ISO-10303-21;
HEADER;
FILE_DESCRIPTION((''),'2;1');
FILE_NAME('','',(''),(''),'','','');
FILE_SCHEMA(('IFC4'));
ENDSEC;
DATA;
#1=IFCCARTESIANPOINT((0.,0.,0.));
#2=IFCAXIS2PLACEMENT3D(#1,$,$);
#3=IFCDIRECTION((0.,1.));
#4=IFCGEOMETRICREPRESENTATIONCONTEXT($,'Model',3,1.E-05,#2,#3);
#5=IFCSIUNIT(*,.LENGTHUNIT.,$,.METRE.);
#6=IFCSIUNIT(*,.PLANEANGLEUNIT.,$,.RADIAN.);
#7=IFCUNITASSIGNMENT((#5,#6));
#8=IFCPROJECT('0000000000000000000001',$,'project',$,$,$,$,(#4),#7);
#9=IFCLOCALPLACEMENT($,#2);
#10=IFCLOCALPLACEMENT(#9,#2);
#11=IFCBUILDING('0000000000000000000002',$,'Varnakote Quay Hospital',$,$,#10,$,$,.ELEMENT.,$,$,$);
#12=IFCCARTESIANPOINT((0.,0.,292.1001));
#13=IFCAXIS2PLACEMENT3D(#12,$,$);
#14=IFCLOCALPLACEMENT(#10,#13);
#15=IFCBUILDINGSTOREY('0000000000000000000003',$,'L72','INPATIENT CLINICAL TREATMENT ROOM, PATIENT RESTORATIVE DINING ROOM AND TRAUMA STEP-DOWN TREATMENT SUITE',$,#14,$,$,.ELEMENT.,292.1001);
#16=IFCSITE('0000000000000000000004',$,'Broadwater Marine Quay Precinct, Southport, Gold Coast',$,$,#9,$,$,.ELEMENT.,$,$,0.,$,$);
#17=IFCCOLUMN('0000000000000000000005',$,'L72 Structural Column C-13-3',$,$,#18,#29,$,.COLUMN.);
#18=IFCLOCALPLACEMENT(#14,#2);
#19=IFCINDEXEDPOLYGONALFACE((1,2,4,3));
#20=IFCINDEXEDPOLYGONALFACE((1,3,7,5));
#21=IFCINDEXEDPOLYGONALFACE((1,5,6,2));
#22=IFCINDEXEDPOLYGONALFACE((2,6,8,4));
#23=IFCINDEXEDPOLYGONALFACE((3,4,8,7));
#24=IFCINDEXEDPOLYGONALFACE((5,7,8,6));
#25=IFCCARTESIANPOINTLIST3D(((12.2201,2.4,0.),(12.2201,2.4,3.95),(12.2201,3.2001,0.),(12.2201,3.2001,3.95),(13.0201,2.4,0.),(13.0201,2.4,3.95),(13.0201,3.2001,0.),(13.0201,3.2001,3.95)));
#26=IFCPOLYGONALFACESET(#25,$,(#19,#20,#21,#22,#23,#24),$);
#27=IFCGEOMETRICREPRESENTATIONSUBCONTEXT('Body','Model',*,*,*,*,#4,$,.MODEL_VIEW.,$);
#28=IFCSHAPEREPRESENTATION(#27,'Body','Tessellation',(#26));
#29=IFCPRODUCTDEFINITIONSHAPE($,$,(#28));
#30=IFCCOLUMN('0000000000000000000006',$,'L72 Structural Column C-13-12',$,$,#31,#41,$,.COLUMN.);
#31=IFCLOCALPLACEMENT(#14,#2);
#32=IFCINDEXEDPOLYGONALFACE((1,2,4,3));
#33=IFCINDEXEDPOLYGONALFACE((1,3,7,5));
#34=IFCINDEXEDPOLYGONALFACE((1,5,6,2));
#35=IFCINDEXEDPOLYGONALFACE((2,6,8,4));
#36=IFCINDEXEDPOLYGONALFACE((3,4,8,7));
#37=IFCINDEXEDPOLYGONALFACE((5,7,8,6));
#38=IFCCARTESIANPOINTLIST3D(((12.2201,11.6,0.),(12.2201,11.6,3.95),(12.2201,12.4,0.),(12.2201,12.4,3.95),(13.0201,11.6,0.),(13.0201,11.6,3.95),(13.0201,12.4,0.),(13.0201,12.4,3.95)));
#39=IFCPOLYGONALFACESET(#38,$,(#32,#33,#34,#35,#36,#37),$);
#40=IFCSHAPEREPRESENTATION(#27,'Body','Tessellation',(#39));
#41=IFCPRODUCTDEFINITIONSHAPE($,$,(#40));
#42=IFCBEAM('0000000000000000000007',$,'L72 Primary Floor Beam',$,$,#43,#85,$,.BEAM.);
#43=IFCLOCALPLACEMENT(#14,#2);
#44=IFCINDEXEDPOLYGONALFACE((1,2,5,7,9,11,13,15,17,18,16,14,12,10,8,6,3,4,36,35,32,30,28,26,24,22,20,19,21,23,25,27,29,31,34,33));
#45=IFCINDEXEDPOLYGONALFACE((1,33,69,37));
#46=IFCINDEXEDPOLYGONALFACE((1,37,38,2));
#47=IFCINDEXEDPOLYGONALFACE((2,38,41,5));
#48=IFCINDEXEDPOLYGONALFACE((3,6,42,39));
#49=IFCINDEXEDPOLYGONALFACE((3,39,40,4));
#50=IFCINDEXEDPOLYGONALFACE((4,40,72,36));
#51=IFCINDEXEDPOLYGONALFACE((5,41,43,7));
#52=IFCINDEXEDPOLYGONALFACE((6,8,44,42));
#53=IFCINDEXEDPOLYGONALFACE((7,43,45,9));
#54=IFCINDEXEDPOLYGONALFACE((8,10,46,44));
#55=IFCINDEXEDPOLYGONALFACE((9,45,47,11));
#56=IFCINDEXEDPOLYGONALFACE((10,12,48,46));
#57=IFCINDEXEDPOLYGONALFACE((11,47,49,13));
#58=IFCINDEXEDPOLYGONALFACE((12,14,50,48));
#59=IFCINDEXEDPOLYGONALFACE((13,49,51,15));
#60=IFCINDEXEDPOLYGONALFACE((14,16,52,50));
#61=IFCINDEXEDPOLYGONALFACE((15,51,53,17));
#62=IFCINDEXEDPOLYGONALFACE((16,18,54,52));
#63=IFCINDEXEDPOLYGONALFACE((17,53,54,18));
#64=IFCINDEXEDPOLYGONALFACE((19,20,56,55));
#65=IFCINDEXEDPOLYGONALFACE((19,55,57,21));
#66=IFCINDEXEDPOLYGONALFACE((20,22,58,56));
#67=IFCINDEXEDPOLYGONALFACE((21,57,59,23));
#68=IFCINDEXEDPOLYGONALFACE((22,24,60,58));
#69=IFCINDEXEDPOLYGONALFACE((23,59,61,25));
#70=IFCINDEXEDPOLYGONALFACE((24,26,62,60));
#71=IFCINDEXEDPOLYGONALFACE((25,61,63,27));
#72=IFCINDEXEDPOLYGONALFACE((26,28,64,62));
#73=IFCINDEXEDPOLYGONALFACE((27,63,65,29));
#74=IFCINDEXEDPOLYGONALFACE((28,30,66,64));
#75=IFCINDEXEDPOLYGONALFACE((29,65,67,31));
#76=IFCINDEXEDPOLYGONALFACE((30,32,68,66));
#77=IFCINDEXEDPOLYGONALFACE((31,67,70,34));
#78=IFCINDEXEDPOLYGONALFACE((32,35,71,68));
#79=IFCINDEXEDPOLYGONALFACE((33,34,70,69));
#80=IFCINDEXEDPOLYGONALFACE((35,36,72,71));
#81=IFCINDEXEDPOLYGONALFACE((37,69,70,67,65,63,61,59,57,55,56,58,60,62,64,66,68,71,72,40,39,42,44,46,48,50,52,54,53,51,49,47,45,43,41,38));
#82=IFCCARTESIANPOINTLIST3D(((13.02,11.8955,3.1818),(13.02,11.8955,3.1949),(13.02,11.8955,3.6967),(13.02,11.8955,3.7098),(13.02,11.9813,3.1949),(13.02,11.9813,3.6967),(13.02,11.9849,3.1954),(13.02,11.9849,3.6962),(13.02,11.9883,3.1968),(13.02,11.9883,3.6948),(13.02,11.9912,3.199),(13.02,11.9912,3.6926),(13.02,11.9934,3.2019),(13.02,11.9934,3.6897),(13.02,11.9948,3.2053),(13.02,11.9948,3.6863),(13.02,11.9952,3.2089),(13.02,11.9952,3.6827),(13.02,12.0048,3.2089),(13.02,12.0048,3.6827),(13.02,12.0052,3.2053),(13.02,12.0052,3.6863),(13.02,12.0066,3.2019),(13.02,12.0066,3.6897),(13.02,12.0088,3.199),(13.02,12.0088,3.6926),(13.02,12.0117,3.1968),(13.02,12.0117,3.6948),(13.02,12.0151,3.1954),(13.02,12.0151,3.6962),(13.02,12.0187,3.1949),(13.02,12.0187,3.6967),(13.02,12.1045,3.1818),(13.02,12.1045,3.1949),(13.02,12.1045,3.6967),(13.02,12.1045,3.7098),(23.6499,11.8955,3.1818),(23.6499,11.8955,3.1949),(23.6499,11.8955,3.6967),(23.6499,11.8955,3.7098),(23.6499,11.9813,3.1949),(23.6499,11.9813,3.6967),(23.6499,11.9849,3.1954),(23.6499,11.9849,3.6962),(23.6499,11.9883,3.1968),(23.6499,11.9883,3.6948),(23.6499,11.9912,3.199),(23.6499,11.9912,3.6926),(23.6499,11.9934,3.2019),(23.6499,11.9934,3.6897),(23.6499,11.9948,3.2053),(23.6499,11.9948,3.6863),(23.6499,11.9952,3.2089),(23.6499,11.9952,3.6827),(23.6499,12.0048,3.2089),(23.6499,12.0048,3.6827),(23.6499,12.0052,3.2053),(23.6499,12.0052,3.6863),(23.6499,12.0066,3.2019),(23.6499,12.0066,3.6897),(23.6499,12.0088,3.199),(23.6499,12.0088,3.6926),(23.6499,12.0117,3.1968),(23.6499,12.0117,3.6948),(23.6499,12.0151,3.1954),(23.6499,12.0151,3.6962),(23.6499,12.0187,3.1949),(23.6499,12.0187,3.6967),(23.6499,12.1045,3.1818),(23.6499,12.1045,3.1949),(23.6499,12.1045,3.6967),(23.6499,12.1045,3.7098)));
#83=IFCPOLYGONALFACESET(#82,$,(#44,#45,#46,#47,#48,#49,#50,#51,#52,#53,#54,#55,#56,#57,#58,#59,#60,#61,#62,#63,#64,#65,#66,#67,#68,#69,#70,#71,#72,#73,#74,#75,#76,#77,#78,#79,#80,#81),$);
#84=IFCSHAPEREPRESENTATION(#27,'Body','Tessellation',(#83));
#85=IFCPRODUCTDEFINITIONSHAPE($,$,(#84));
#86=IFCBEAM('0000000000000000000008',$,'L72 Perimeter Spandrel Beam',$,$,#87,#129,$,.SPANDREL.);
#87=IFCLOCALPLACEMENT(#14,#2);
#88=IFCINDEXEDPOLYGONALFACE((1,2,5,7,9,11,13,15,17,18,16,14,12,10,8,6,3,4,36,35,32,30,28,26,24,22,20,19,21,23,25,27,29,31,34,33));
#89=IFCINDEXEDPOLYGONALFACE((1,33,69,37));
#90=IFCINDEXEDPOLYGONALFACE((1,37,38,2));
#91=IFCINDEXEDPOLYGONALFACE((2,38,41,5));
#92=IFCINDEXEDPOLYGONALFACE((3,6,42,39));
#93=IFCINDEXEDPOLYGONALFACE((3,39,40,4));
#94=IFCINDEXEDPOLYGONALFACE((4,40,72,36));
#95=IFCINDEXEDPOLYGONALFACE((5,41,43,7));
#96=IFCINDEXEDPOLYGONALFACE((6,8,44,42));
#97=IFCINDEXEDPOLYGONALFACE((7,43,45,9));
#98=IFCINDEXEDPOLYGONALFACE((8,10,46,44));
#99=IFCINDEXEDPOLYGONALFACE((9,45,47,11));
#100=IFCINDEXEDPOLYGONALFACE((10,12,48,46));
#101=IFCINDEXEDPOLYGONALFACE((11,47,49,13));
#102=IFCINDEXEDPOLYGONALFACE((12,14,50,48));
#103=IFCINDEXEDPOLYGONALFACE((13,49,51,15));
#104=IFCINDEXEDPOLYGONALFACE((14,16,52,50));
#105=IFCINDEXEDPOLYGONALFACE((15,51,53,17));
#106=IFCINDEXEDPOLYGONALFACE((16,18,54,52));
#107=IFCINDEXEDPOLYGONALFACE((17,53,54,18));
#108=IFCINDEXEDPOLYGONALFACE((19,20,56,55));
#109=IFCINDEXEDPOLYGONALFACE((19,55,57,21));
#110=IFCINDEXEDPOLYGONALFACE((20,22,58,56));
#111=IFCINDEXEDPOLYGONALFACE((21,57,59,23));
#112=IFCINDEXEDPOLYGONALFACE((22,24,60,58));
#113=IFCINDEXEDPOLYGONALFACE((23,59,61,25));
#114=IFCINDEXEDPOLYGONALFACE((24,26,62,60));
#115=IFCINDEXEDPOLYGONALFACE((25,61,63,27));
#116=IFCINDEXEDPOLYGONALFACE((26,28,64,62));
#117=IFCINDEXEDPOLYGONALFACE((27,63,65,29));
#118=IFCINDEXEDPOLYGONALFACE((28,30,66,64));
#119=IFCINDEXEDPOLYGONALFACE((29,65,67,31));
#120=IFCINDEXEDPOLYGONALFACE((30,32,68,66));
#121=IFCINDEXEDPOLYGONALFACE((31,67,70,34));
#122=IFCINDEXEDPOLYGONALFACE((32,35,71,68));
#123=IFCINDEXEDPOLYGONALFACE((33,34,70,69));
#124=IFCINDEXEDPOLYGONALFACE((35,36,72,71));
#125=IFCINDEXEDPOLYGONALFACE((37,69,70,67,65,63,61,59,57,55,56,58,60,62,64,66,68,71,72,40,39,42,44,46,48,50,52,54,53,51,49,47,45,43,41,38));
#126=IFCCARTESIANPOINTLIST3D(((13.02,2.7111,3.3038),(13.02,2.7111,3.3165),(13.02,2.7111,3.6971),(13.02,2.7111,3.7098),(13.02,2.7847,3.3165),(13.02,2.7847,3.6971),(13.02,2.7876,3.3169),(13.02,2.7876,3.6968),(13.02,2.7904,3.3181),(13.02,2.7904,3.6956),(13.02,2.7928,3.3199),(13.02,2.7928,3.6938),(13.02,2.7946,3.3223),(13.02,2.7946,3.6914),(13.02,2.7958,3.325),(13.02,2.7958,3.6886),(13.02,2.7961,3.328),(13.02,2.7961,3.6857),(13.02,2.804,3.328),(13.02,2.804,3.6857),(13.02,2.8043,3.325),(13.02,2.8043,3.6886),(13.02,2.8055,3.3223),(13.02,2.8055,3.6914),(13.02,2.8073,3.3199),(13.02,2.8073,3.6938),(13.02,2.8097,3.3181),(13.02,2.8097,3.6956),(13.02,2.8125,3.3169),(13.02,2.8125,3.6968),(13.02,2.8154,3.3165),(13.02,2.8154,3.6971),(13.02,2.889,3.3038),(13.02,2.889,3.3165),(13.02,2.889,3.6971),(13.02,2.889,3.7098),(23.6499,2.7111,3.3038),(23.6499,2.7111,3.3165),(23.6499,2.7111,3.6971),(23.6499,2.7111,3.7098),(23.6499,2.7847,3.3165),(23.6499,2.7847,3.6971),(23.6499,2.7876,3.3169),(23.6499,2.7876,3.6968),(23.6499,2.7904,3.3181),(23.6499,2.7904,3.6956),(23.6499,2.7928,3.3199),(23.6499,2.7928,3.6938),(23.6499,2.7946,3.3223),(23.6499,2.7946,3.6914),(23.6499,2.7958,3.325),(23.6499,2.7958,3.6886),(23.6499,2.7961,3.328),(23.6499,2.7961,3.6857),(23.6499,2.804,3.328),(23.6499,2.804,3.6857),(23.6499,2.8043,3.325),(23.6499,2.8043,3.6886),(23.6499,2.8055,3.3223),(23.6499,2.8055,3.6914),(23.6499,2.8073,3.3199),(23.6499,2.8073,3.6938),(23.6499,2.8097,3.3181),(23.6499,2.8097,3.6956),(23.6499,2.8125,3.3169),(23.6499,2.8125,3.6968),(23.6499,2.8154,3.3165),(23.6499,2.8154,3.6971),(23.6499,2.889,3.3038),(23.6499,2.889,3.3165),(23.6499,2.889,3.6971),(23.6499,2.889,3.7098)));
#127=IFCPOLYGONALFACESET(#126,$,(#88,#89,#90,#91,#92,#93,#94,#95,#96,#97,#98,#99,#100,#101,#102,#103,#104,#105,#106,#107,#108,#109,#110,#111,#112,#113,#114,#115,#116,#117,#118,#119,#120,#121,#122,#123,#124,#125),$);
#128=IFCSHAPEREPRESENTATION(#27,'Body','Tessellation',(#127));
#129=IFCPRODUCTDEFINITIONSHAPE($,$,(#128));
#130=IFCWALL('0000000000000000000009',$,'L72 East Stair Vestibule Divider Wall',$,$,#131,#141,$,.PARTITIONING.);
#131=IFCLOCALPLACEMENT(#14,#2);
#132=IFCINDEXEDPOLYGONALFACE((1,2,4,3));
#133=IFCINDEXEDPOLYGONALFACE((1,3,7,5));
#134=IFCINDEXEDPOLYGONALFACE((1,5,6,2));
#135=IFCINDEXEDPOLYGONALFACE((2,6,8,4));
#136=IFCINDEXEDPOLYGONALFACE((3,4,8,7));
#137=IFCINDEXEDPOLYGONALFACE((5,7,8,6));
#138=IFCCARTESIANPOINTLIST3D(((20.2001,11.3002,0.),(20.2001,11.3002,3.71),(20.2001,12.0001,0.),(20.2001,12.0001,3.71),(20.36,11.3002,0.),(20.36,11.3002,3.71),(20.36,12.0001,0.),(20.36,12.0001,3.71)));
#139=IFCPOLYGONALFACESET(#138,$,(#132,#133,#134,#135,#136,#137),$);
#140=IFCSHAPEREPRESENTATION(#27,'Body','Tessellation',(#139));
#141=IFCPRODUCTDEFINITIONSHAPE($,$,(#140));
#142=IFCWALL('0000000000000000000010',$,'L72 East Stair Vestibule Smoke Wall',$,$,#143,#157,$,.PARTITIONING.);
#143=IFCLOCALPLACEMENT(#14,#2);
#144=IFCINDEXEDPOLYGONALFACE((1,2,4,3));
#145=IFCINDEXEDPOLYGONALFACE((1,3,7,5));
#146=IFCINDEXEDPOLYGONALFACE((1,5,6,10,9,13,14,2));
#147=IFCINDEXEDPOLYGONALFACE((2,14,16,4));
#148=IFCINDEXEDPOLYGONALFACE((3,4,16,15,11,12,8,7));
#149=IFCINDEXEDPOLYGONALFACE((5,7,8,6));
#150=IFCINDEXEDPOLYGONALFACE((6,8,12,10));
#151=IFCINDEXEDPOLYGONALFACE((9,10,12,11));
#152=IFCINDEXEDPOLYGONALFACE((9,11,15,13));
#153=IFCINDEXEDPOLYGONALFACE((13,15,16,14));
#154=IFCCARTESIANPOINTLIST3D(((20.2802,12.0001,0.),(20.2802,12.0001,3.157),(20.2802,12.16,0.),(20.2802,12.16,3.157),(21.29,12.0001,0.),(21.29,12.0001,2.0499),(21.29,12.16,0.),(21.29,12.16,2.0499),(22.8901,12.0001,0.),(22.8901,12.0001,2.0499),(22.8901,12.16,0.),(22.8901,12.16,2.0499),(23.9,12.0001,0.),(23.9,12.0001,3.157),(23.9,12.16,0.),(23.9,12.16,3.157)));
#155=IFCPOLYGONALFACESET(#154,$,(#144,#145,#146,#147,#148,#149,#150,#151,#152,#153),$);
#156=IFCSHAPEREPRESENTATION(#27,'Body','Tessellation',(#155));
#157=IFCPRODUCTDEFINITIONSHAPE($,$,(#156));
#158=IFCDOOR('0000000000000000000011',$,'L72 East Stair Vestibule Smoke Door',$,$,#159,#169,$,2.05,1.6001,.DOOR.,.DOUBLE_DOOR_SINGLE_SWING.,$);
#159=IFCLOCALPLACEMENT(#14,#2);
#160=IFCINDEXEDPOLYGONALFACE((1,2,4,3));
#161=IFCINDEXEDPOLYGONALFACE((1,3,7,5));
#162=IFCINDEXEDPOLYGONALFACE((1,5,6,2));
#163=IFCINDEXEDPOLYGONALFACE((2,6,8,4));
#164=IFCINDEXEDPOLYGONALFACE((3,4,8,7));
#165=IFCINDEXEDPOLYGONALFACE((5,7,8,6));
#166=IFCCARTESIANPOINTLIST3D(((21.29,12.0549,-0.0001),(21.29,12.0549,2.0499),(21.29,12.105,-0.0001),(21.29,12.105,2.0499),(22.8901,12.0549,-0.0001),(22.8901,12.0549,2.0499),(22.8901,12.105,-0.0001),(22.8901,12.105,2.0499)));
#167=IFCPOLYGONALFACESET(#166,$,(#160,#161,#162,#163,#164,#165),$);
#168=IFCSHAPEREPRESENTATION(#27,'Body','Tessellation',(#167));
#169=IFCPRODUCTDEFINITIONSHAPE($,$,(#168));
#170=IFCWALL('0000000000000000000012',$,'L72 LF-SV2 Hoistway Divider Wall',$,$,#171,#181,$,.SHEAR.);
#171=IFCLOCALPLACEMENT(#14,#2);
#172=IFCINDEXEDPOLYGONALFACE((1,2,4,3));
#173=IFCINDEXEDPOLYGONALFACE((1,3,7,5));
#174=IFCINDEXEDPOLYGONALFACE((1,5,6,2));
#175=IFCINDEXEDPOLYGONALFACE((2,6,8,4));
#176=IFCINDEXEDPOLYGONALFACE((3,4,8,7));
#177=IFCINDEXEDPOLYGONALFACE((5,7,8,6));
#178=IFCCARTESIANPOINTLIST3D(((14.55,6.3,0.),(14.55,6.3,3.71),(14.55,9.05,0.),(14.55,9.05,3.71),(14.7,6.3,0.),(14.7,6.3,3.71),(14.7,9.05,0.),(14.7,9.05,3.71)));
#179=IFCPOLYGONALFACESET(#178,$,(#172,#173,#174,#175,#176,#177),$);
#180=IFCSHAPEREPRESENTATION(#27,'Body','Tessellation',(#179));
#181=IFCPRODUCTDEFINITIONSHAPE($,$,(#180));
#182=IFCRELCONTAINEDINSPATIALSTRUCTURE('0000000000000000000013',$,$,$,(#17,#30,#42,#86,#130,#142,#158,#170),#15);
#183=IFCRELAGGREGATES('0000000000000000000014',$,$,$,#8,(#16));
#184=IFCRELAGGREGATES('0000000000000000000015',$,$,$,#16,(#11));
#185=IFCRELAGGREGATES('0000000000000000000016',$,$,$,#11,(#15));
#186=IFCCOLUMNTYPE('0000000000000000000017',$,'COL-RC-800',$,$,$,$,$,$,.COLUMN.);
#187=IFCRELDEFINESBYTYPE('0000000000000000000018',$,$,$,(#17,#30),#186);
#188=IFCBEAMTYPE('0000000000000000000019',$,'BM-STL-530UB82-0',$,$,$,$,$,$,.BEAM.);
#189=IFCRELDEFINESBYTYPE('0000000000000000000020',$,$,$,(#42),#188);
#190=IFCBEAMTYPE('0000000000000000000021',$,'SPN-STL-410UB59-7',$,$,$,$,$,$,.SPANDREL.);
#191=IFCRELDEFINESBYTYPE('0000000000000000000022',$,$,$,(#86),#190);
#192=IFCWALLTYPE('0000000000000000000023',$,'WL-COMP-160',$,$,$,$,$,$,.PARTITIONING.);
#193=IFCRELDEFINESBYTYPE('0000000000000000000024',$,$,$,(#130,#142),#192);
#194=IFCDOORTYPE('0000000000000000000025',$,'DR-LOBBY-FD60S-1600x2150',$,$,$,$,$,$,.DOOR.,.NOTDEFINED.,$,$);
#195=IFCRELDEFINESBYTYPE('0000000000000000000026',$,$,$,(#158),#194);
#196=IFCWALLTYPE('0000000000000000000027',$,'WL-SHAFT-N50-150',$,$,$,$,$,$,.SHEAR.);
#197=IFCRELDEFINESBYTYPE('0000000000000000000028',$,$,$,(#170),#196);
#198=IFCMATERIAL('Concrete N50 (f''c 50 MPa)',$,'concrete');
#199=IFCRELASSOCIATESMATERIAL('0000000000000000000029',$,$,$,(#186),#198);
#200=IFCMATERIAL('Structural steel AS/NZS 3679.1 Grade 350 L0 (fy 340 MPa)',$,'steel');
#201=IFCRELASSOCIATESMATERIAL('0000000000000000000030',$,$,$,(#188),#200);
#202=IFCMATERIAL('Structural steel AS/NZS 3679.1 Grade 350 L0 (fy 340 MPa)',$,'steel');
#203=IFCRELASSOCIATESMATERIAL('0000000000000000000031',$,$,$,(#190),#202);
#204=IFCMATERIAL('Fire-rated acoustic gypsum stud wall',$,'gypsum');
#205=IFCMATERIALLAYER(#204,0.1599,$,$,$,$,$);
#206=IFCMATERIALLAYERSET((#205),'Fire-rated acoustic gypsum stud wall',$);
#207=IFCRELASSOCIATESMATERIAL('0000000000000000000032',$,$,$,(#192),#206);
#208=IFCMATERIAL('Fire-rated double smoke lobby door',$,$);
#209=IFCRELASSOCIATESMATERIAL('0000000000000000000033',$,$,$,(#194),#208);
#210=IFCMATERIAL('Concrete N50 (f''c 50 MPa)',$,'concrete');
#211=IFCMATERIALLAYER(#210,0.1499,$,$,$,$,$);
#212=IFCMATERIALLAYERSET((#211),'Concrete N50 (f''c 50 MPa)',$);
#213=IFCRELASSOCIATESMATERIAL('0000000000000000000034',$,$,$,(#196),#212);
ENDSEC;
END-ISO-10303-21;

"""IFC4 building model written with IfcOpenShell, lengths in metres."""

from ifc_helpers import new_model, si_unit, direction, frame, frame_2d, origin, origin_2d, place, context, subcontext, project, spatial, rectangle, i_section, extrude, material, layer, layer_set, material_profile, profile_set, type_object, element, fill, save


model = new_model("IFC4")

# Units and contexts
model_context = context("Model", 3, precision=1e-05, world=origin(), true_north=direction((0.0, 1.0)))
body_context = subcontext(model_context, "Body", "Model", "MODEL_VIEW")
ifc_project = project(units=[si_unit("LENGTHUNIT", "METRE"), si_unit("PLANEANGLEUNIT", "RADIAN")], contexts=[model_context])

# Site, building, storey
site_placement = place(None, origin())
site = spatial("IfcSite", under=ifc_project, at=site_placement, Name="Broadwater Marine Quay Precinct, Southport, Gold Coast", CompositionType="ELEMENT", RefElevation=0.0)
building_placement = place(site_placement, origin())
building = spatial("IfcBuilding", under=site, at=building_placement, Name="Varnakote Quay Hospital", CompositionType="ELEMENT")
storey_placement = place(building_placement, frame((0.0, 0.0, 292.1001)))
storey = spatial("IfcBuildingStorey", under=building, at=storey_placement, Name="L72", Description="INPATIENT CLINICAL TREATMENT ROOM, PATIENT RESTORATIVE DINING ROOM AND TRAUMA STEP-DOWN TREATMENT SUITE", CompositionType="ELEMENT", Elevation=292.1001)

# Columns
ifc_material_1 = material(Name="Concrete N50 (f'c 50 MPa)", Category="concrete")
ifc_material_profile_1 = material_profile(ifc_material_1, rectangle(XDim=0.8, YDim=0.8, at=origin_2d()), Name="RC-COL-800x800")
ifc_profile_set_1 = profile_set([ifc_material_profile_1], Name="Concrete N50 (f'c 50 MPa)")
column_type = type_object("IfcColumnType", Name="COL-RC-800", PredefinedType="COLUMN", material=ifc_profile_set_1)
for number, where, z_axis, x_axis, name in (
    (1, (12.6201, 2.8, 0.0), (0.0, 0.0, 1.0), (1.0, 0.0, 0.0), "L72 Structural Column C-13-3"),
    (2, (12.6201, 12.0, 0.0), (0.0, 0.0, 1.0), (1.0, 0.0, 0.0), "L72 Structural Column C-13-12"),
):
    element("IfcColumn", number, at=place(storey_placement, frame(where, z_axis=z_axis, x_axis=x_axis)), inside=storey, type_object=column_type, Name=name, PredefinedType="COLUMN", context=body_context, shape_type="SweptSolid", body=[
        extrude(rectangle(XDim=0.8, YDim=0.8, at=origin_2d()), origin(), (0.0, 0.0, 1.0), 3.95),
    ])

# Beams
ifc_material_2 = material(Name="Structural steel AS/NZS 3679.1 Grade 350 L0 (fy 340 MPa)", Category="steel")
ifc_material_profile_2 = material_profile(ifc_material_2, i_section(OverallWidth=0.209, OverallDepth=0.5281, WebThickness=0.0095, FlangeThickness=0.0132, FilletRadius=0.0139, at=origin_2d()), Name="530UB82.0")
ifc_profile_set_2 = profile_set([ifc_material_profile_2], Name="Structural steel AS/NZS 3679.1 Grade 350 L0 (fy 340 MPa)")
beam_type_1 = type_object("IfcBeamType", Name="BM-STL-530UB82-0", PredefinedType="BEAM", material=ifc_profile_set_2)
beam_1_placement = place(storey_placement, frame((13.02, 12.0, 3.4458), z_axis=(1.0, 0.0, 0.0), x_axis=(0.0, 1.0, 0.0)))
element("IfcBeam", 3, at=beam_1_placement, inside=storey, type_object=beam_type_1, Name="L72 Primary Floor Beam", PredefinedType="BEAM", context=body_context, shape_type="SweptSolid", body=[
    extrude(i_section(OverallWidth=0.209, OverallDepth=0.5281, WebThickness=0.0095, FlangeThickness=0.0132, FilletRadius=0.0139, at=origin_2d()), origin(), (0.0, 0.0, 1.0), 10.6299),
])
ifc_material_3 = material(Name="Structural steel AS/NZS 3679.1 Grade 350 L0 (fy 340 MPa)", Category="steel")
ifc_material_profile_3 = material_profile(ifc_material_3, i_section(OverallWidth=0.178, OverallDepth=0.406, WebThickness=0.0078, FlangeThickness=0.0127, FilletRadius=0.0115, at=origin_2d()), Name="410UB59.7")
ifc_profile_set_3 = profile_set([ifc_material_profile_3], Name="Structural steel AS/NZS 3679.1 Grade 350 L0 (fy 340 MPa)")
beam_type_2 = type_object("IfcBeamType", Name="SPN-STL-410UB59-7", PredefinedType="SPANDREL", material=ifc_profile_set_3)
beam_2_placement = place(storey_placement, frame((13.02, 2.8, 3.5068), z_axis=(1.0, 0.0, 0.0), x_axis=(0.0, 1.0, 0.0)))
element("IfcBeam", 4, at=beam_2_placement, inside=storey, type_object=beam_type_2, Name="L72 Perimeter Spandrel Beam", PredefinedType="SPANDREL", context=body_context, shape_type="SweptSolid", body=[
    extrude(i_section(OverallWidth=0.178, OverallDepth=0.406, WebThickness=0.0078, FlangeThickness=0.0127, FilletRadius=0.0115, at=origin_2d()), origin(), (0.0, 0.0, 1.0), 10.6299),
])

# Wall
ifc_material_4 = material(Name="Fire-rated acoustic gypsum stud wall", Category="gypsum")
ifc_layer_1 = layer(ifc_material_4, 0.1599)
ifc_layer_set_1 = layer_set([ifc_layer_1], Name="Fire-rated acoustic gypsum stud wall")
wall_type_1 = type_object("IfcWallType", Name="WL-COMP-160", PredefinedType="PARTITIONING", material=ifc_layer_set_1)
wall_1_placement = place(storey_placement, frame((20.28, 11.3, 0.0), z_axis=(0.0, 0.0, 1.0), x_axis=(0.0, 1.0, 0.0)))
element("IfcWall", 5, at=wall_1_placement, inside=storey, type_object=wall_type_1, Name="L72 East Stair Vestibule Divider Wall", PredefinedType="PARTITIONING", context=body_context, shape_type="SweptSolid", body=[
    extrude(rectangle(XDim=0.7, YDim=0.1599, at=frame_2d((0.3501, 0.0))), origin(), (0.0, 0.0, 1.0), 3.71),
])

# Wall, opening, door
wall_2_placement = place(storey_placement, frame((20.28, 12.0801, 0.0), z_axis=(0.0, 0.0, 1.0), x_axis=(1.0, 0.0, 0.0)))
wall_2 = element("IfcWall", 6, at=wall_2_placement, inside=storey, type_object=wall_type_1, Name="L72 East Stair Vestibule Smoke Wall", PredefinedType="PARTITIONING", context=body_context, shape_type="SweptSolid", body=[
    extrude(rectangle(XDim=3.6199, YDim=0.1599, at=frame_2d((1.8101, 0.0))), origin(), (0.0, 0.0, 1.0), 3.157),
])
opening_1_placement = place(wall_2_placement, frame((1.01, 0.0, 0.0)))
opening_1 = element("IfcOpeningElement", 7, at=opening_1_placement, cuts=wall_2, PredefinedType="OPENING", context=body_context, shape_type="SweptSolid", body=[
    extrude(rectangle(XDim=1.6001, YDim=2.05, at=frame_2d((0.8, 1.0249))), frame((0.0, 0.0898, 0.0), z_axis=(0.0, -1.0, 0.0), x_axis=(1.0, 0.0, 0.0)), (0.0, 0.0, 1.0), 0.1799),
])
ifc_material_5 = material(Name="Fire-rated double smoke lobby door")
door_type_1 = type_object("IfcDoorType", Name="DR-LOBBY-FD60S-1600x2150", OperationType="NOTDEFINED", PredefinedType="DOOR", material=ifc_material_5)
door_1_placement = place(opening_1_placement, origin())
door_1 = element("IfcDoor", 8, at=door_1_placement, inside=storey, type_object=door_type_1, Name="L72 East Stair Vestibule Smoke Door", OperationType="DOUBLE_DOOR_SINGLE_SWING", OverallHeight=2.05, OverallWidth=1.6001, PredefinedType="DOOR", context=body_context, shape_type="SweptSolid", body=[
    extrude(rectangle(XDim=1.6001, YDim=2.05, at=frame_2d((0.8, 1.0249))), frame((0.0, 0.0249, 0.0), z_axis=(0.0, -1.0, 0.0), x_axis=(1.0, 0.0, 0.0)), (0.0, 0.0, 1.0), 0.05),
])
fill(opening_1, door_1)

# Wall
ifc_material_6 = material(Name="Concrete N50 (f'c 50 MPa)", Category="concrete")
ifc_layer_2 = layer(ifc_material_6, 0.1499)
ifc_layer_set_2 = layer_set([ifc_layer_2], Name="Concrete N50 (f'c 50 MPa)")
wall_type_2 = type_object("IfcWallType", Name="WL-SHAFT-N50-150", PredefinedType="SHEAR", material=ifc_layer_set_2)
for number, where, z_axis, x_axis, name in (
    (9, (14.625, 6.3, 0.0), (0.0, 0.0, 1.0), (0.0, 1.0, 0.0), "L72 LF-SV2 Hoistway Divider Wall"),
):
    element("IfcWall", number, at=place(storey_placement, frame(where, z_axis=z_axis, x_axis=x_axis)), inside=storey, type_object=wall_type_2, Name=name, PredefinedType="SHEAR", context=body_context, shape_type="SweptSolid", body=[
        extrude(rectangle(XDim=2.75, YDim=0.1499, at=frame_2d((1.375, 0.0))), origin(), (0.0, 0.0, 1.0), 3.71),
    ])

save(model, "model.ifc")
